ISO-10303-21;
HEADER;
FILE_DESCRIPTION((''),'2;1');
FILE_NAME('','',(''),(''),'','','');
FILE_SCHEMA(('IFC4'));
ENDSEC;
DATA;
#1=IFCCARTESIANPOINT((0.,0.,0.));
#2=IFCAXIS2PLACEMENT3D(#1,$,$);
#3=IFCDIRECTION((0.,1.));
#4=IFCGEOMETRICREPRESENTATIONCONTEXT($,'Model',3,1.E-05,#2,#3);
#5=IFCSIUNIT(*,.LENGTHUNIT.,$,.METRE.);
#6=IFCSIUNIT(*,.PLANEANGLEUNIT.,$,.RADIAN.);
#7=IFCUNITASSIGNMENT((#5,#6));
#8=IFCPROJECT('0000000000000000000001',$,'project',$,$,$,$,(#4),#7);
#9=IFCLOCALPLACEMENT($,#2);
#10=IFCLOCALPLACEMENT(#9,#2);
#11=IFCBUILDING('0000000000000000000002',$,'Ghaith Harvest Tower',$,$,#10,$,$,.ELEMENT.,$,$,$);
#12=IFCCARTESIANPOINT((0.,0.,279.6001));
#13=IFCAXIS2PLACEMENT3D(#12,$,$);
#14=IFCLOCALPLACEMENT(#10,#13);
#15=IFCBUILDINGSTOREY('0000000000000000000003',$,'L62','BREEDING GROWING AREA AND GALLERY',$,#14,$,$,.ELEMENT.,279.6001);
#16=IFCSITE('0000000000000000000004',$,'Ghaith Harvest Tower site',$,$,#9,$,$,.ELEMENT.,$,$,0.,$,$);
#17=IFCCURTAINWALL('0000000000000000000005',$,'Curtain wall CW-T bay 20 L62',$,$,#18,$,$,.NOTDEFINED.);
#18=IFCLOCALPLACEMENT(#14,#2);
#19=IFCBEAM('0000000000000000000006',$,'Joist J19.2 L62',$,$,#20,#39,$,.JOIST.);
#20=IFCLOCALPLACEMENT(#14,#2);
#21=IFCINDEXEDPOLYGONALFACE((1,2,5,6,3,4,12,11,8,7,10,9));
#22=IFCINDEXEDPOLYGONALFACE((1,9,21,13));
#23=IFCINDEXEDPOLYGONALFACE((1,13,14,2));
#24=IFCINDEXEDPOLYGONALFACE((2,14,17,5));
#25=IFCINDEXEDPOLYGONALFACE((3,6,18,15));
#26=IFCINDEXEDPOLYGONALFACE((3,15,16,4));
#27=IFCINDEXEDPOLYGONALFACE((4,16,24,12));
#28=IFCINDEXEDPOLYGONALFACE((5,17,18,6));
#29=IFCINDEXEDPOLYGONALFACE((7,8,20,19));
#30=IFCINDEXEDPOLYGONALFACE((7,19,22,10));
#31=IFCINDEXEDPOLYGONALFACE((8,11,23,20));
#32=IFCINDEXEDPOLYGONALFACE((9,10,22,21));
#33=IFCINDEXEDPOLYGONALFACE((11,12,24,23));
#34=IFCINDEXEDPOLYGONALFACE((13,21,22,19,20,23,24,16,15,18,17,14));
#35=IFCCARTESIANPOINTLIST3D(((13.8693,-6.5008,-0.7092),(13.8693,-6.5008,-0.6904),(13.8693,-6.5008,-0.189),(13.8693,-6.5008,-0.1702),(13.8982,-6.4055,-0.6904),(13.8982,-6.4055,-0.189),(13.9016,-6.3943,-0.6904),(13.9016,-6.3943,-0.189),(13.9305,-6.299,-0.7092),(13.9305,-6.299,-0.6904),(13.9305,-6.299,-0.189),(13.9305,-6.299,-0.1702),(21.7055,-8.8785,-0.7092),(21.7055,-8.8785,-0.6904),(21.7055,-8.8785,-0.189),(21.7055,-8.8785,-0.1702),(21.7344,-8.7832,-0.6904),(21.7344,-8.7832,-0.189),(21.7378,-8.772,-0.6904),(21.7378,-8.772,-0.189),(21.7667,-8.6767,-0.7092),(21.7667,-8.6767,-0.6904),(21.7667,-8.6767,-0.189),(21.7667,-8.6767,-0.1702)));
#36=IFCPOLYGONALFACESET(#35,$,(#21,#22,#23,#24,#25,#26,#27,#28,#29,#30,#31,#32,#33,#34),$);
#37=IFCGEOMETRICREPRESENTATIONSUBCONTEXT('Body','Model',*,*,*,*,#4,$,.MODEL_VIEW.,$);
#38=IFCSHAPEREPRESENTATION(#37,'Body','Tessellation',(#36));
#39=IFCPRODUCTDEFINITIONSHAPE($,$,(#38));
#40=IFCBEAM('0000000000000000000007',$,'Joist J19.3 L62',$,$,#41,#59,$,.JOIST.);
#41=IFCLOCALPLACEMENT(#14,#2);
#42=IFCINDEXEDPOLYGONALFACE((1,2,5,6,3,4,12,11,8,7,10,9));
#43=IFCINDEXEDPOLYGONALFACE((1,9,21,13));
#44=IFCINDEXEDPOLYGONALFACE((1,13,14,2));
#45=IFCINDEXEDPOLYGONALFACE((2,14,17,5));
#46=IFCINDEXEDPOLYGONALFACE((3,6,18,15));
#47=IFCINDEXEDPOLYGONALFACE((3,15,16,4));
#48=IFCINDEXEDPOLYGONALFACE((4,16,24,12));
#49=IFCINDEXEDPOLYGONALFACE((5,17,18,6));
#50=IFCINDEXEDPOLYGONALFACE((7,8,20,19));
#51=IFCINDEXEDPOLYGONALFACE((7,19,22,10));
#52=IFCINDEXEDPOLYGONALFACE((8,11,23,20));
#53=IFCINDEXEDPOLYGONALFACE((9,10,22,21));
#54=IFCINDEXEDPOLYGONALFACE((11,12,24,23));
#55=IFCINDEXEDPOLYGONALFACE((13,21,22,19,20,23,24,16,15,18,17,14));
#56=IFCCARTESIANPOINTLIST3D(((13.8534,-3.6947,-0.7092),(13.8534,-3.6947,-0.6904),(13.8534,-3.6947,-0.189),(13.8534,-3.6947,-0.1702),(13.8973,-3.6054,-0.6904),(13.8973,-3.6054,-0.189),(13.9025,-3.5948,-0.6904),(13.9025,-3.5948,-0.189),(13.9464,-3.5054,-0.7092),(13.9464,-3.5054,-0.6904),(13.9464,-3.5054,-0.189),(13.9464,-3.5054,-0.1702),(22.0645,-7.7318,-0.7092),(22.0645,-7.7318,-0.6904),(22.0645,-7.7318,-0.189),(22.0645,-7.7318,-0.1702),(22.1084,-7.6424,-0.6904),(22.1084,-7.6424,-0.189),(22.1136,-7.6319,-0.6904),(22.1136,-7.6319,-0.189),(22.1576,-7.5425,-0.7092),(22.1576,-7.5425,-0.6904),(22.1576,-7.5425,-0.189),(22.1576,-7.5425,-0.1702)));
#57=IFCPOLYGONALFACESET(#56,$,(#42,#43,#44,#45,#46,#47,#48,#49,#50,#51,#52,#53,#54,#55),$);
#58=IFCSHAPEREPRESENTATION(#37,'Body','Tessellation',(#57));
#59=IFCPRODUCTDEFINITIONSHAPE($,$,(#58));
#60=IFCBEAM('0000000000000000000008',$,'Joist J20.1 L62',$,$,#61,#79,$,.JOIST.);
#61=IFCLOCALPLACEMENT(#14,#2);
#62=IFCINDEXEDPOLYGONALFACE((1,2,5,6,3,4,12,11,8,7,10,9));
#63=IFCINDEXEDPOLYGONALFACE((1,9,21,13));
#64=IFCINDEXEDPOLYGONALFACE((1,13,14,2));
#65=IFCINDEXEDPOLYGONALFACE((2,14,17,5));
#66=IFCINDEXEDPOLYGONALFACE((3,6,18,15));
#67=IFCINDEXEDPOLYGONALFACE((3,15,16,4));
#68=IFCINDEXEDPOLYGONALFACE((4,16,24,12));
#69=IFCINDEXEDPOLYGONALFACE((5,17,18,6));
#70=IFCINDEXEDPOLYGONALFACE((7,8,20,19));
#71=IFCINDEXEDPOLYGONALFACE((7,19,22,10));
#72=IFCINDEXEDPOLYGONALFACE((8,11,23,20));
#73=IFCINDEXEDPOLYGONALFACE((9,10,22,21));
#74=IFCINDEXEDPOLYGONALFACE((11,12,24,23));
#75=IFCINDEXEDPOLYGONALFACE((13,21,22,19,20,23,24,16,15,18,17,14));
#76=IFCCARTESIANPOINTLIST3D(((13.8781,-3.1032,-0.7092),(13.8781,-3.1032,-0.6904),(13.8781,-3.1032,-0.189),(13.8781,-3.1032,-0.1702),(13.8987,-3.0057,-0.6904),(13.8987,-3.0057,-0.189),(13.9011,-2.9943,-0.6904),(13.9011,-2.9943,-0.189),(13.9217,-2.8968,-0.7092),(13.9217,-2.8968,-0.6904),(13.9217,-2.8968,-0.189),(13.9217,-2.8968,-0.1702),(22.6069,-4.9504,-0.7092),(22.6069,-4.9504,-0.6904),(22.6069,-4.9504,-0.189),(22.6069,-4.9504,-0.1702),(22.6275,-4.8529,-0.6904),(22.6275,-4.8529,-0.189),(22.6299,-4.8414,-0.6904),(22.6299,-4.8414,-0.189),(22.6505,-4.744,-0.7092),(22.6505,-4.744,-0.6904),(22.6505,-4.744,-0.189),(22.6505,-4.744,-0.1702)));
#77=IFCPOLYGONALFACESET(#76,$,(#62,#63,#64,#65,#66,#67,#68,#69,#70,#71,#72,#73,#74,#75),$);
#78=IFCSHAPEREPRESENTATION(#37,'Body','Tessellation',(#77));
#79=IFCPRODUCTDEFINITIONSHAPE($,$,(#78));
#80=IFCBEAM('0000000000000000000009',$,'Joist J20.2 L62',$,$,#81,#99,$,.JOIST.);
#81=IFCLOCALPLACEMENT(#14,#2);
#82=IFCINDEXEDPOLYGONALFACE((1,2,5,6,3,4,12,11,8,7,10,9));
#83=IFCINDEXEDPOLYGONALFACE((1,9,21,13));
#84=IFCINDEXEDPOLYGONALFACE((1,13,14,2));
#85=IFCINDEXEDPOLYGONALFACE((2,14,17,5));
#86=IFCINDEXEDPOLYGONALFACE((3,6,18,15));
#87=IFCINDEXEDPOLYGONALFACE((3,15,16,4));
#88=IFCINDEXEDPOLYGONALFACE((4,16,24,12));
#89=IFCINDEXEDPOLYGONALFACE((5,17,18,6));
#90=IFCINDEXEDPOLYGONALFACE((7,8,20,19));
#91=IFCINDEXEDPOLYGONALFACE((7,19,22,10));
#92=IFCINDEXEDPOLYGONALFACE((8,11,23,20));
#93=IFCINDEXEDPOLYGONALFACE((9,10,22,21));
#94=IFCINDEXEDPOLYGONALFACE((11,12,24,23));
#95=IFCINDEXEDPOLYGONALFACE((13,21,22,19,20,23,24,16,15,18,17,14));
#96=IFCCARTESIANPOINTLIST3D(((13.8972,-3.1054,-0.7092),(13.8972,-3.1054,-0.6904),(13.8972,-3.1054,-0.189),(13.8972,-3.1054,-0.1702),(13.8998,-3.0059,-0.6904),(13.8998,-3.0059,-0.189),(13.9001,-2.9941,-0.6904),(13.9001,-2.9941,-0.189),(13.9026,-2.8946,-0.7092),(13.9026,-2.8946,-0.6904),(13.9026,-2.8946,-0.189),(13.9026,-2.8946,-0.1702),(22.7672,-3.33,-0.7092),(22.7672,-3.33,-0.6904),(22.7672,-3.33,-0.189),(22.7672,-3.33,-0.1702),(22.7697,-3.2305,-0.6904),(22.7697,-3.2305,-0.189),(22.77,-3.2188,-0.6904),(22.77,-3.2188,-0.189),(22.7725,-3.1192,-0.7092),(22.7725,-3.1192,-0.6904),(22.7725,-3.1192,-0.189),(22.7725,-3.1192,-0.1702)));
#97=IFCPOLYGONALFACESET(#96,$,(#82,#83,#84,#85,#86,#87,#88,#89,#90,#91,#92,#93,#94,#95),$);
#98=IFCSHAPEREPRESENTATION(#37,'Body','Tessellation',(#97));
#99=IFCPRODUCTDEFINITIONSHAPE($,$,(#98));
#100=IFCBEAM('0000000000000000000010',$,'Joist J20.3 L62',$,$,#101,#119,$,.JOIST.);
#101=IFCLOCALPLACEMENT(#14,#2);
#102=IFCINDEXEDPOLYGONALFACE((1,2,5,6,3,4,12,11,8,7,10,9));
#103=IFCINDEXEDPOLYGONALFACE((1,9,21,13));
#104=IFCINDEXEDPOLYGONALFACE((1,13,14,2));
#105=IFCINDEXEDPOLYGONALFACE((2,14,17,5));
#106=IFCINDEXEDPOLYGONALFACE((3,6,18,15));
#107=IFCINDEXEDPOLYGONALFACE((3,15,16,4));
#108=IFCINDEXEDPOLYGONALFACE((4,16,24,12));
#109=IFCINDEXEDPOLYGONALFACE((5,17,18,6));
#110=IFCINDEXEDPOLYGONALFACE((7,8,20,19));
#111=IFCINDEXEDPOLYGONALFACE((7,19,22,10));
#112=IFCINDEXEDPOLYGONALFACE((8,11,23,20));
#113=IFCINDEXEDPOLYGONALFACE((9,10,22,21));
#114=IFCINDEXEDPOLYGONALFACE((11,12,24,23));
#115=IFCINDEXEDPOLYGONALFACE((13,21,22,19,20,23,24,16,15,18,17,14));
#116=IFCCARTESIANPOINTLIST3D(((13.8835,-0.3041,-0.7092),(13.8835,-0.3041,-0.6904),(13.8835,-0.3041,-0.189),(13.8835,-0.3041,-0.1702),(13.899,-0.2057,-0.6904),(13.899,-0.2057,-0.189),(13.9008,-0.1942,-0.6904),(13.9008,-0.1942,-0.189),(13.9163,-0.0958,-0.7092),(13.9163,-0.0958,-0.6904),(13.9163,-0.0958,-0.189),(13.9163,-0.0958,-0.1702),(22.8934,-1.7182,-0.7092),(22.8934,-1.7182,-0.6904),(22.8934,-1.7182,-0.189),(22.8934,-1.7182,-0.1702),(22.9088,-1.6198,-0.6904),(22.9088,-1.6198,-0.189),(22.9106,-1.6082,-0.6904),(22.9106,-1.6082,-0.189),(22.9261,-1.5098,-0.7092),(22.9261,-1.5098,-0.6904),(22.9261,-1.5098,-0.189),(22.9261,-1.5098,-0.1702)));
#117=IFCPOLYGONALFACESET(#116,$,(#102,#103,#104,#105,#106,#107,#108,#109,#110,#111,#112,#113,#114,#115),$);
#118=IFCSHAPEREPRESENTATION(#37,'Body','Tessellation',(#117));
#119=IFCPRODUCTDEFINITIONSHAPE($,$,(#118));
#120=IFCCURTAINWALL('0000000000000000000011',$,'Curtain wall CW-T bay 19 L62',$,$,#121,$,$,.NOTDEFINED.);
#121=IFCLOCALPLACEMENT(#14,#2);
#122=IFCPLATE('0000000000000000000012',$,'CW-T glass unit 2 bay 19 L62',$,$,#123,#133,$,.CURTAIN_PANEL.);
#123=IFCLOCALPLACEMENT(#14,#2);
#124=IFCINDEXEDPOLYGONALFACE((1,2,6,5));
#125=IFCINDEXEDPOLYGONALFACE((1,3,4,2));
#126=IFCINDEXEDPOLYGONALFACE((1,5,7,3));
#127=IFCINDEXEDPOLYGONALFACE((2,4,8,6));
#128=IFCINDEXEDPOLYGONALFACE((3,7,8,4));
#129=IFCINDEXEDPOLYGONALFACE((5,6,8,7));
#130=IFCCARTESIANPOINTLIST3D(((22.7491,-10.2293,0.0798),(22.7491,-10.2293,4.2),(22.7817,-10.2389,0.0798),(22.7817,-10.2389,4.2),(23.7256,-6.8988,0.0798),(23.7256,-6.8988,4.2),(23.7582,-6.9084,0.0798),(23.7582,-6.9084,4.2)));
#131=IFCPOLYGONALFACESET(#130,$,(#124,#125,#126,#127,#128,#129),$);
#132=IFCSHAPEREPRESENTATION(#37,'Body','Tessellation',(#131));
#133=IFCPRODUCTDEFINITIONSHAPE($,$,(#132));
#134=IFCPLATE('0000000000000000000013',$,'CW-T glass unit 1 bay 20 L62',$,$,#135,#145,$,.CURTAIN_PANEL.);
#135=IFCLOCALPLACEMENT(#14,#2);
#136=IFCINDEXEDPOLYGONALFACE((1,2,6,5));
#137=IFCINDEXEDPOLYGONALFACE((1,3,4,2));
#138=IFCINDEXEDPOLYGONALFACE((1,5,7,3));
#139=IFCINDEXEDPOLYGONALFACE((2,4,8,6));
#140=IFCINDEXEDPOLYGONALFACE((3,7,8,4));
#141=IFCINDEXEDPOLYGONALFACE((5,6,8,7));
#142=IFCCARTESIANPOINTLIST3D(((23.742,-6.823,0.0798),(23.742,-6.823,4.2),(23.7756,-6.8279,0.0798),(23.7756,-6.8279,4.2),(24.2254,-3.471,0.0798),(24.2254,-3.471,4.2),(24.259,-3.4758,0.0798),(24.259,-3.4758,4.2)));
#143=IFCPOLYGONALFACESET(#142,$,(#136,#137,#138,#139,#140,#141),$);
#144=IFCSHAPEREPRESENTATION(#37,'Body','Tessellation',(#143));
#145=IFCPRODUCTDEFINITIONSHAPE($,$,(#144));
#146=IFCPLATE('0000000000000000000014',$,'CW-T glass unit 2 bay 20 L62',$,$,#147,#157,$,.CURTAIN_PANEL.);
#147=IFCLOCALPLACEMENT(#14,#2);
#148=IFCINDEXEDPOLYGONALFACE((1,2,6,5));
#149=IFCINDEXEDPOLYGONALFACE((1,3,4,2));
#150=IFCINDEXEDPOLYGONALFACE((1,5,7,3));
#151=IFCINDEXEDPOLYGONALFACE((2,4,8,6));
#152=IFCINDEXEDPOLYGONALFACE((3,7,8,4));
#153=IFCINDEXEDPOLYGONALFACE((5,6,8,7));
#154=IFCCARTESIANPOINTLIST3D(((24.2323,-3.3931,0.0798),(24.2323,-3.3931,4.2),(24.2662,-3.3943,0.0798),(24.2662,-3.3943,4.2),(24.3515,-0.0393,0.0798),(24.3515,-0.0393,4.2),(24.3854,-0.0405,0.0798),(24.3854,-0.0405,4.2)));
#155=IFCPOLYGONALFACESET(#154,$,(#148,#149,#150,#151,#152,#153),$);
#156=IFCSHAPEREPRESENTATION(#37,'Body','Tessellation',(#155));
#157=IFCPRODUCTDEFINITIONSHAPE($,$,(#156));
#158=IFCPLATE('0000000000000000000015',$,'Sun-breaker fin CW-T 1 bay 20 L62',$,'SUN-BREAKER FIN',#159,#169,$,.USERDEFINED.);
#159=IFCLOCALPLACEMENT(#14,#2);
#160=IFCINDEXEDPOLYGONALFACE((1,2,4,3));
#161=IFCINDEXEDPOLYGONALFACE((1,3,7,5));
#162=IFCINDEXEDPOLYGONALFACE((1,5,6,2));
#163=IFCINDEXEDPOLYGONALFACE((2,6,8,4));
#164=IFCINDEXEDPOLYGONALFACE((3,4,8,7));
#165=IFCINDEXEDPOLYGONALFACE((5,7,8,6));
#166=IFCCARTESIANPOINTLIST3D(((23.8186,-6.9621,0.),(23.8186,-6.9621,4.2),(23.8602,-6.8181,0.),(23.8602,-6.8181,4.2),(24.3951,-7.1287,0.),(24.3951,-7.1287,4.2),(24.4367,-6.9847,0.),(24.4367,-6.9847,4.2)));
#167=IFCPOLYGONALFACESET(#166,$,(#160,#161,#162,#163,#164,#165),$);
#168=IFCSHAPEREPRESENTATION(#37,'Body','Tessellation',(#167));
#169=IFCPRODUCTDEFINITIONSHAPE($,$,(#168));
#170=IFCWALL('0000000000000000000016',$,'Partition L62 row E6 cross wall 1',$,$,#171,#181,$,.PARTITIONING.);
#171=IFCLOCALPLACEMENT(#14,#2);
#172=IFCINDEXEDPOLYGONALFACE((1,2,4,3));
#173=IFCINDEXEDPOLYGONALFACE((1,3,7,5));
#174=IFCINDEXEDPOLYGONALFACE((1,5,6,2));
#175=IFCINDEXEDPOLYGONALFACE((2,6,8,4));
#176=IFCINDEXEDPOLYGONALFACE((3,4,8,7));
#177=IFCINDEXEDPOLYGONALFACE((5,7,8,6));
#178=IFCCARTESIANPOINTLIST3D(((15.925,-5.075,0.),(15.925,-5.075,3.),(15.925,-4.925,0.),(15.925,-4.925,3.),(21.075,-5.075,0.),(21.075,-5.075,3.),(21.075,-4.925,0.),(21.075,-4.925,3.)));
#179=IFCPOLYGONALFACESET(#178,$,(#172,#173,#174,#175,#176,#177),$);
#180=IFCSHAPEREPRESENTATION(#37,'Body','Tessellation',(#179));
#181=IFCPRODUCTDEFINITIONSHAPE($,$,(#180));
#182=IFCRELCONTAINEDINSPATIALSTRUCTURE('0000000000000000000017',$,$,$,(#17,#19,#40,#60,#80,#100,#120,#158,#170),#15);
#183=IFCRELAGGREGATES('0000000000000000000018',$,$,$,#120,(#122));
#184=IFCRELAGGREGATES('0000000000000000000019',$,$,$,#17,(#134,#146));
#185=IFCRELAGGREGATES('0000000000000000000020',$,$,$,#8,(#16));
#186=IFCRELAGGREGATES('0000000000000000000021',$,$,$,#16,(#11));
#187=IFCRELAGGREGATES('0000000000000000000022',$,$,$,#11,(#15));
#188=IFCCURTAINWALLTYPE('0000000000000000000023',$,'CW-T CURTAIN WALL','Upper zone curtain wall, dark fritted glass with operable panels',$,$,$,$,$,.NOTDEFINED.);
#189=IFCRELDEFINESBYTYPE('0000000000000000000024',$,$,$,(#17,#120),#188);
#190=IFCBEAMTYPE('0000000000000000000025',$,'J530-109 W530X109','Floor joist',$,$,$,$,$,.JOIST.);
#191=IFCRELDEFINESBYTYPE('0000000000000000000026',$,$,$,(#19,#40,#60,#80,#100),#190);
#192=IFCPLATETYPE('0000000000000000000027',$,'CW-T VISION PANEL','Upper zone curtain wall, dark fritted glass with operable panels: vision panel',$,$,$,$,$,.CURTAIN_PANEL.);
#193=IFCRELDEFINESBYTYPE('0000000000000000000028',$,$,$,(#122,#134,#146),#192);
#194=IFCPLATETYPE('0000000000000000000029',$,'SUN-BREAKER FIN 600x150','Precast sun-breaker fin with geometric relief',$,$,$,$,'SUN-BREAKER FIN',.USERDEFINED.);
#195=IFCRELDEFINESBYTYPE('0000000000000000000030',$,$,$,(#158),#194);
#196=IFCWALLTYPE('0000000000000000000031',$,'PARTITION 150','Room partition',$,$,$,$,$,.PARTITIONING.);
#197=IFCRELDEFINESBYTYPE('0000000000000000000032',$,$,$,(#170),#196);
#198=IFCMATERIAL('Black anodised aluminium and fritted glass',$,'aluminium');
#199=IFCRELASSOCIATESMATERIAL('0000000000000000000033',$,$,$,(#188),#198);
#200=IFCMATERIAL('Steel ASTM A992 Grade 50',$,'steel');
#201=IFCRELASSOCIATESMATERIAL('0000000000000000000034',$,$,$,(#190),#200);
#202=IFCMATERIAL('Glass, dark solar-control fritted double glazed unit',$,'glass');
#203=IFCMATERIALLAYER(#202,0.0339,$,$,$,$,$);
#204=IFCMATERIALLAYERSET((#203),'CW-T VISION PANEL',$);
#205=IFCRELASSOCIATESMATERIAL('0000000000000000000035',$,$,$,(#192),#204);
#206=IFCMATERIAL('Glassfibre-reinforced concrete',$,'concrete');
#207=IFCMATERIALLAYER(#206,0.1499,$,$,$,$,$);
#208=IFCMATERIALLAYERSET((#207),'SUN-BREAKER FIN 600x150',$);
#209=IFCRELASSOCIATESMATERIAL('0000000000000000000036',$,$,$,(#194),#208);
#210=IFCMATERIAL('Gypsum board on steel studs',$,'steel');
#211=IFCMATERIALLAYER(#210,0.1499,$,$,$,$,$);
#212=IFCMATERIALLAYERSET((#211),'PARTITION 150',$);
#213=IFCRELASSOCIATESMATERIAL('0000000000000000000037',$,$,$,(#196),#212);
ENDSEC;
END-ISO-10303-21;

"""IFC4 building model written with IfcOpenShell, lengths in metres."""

from ifc_helpers import new_model, si_unit, direction, frame, frame_2d, origin, origin_2d, place, context, subcontext, project, spatial, rectangle, i_section, extrude, material, layer, layer_set, material_profile, profile_set, type_object, element, aggregate, save


model = new_model("IFC4")

# Units and contexts
model_context = context("Model", 3, precision=1e-05, world=origin(), true_north=direction((0.0, 1.0)))
body_context = subcontext(model_context, "Body", "Model", "MODEL_VIEW")
ifc_project = project(units=[si_unit("LENGTHUNIT", "METRE"), si_unit("PLANEANGLEUNIT", "RADIAN")], contexts=[model_context])

# Site, building, storey
site_placement = place(None, origin())
site = spatial("IfcSite", under=ifc_project, at=site_placement, Name="Ghaith Harvest Tower site", CompositionType="ELEMENT", RefElevation=0.0)
building_placement = place(site_placement, origin())
building = spatial("IfcBuilding", under=site, at=building_placement, Name="Ghaith Harvest Tower", CompositionType="ELEMENT")
storey_placement = place(building_placement, frame((0.0, 0.0, 279.6001)))
storey = spatial("IfcBuildingStorey", under=building, at=storey_placement, Name="L62", Description="BREEDING GROWING AREA AND GALLERY", CompositionType="ELEMENT", Elevation=279.6001)

# Curtain wall
ifc_material_1 = material(Name="Black anodised aluminium and fritted glass", Category="aluminium")
curtain_wall_type = type_object("IfcCurtainWallType", Name="CW-T CURTAIN WALL", Description="Upper zone curtain wall, dark fritted glass with operable panels", PredefinedType="NOTDEFINED", material=ifc_material_1)
curtain_wall_1_placement = place(storey_placement, origin())
curtain_wall_1 = element("IfcCurtainWall", 1, at=curtain_wall_1_placement, inside=storey, type_object=curtain_wall_type, Name="Curtain wall CW-T bay 20 L62", PredefinedType="NOTDEFINED")

# Beams
ifc_material_2 = material(Name="Steel ASTM A992 Grade 50", Category="steel")
ifc_material_profile_1 = material_profile(ifc_material_2, i_section(OverallWidth=0.2109, OverallDepth=0.5391, WebThickness=0.0117, FlangeThickness=0.0188, at=origin_2d()), Name="W530X109")
ifc_profile_set_1 = profile_set([ifc_material_profile_1], Name="Steel ASTM A992 Grade 50")
beam_type_1 = type_object("IfcBeamType", Name="J530-109 W530X109", Description="Floor joist", PredefinedType="JOIST", material=ifc_profile_set_1)
beam_1_placement = place(storey_placement, frame((13.8999, -6.3999, -0.4397), z_axis=(0.95692, -0.290352, 0.0), x_axis=(0.290352, 0.95692, 0.0)))
element("IfcBeam", 2, at=beam_1_placement, inside=storey, type_object=beam_type_1, Name="Joist J19.2 L62", PredefinedType="JOIST", context=body_context, shape_type="SweptSolid", body=[
    extrude(i_section(OverallWidth=0.2109, OverallDepth=0.5391, WebThickness=0.0117, FlangeThickness=0.0188, at=origin_2d()), origin(), (0.0, 0.0, 1.0), 8.189),
])
beam_2_placement = place(storey_placement, frame((13.8999, -3.6001, -0.4397), z_axis=(0.897401, -0.441216, 0.0), x_axis=(0.441216, 0.897401, 0.0)))
element("IfcBeam", 3, at=beam_2_placement, inside=storey, type_object=beam_type_1, Name="Joist J19.3 L62", PredefinedType="JOIST", context=body_context, shape_type="SweptSolid", body=[
    extrude(i_section(OverallWidth=0.2109, OverallDepth=0.5391, WebThickness=0.0117, FlangeThickness=0.0188, at=origin_2d()), origin(), (0.0, 0.0, 1.0), 9.1499),
])
beam_3_placement = place(storey_placement, frame((13.8999, -3.0, -0.4397), z_axis=(0.978334, -0.207034, 0.0), x_axis=(0.207034, 0.978334, 0.0)))
element("IfcBeam", 4, at=beam_3_placement, inside=storey, type_object=beam_type_1, Name="Joist J20.1 L62", PredefinedType="JOIST", context=body_context, shape_type="SweptSolid", body=[
    extrude(i_section(OverallWidth=0.2109, OverallDepth=0.5391, WebThickness=0.0117, FlangeThickness=0.0188, at=origin_2d()), origin(), (0.0, 0.0, 1.0), 8.9221),
])
beam_4_placement = place(storey_placement, frame((13.8999, -3.0, -0.4397), z_axis=(0.99968, -0.025315, 0.0), x_axis=(0.025315, 0.99968, 0.0)))
element("IfcBeam", 5, at=beam_4_placement, inside=storey, type_object=beam_type_1, Name="Joist J20.2 L62", PredefinedType="JOIST", context=body_context, shape_type="SweptSolid", body=[
    extrude(i_section(OverallWidth=0.2109, OverallDepth=0.5391, WebThickness=0.0117, FlangeThickness=0.0188, at=origin_2d()), origin(), (0.0, 0.0, 1.0), 8.8728),
])
beam_5_placement = place(storey_placement, frame((13.8999, -0.2, -0.4397), z_axis=(0.987907, -0.15505, 0.0), x_axis=(0.15505, 0.987907, 0.0)))
element("IfcBeam", 6, at=beam_5_placement, inside=storey, type_object=beam_type_1, Name="Joist J20.3 L62", PredefinedType="JOIST", context=body_context, shape_type="SweptSolid", body=[
    extrude(i_section(OverallWidth=0.2109, OverallDepth=0.5391, WebThickness=0.0117, FlangeThickness=0.0188, at=origin_2d()), origin(), (0.0, 0.0, 1.0), 9.1201),
])

# Curtain wall, plate
curtain_wall_2_placement = place(storey_placement, origin())
curtain_wall_2 = element("IfcCurtainWall", 7, at=curtain_wall_2_placement, inside=storey, type_object=curtain_wall_type, Name="Curtain wall CW-T bay 19 L62", PredefinedType="NOTDEFINED")
ifc_material_3 = material(Name="Glass, dark solar-control fritted double glazed unit", Category="glass")
ifc_layer_1 = layer(ifc_material_3, 0.0339)
ifc_layer_set_1 = layer_set([ifc_layer_1], Name="CW-T VISION PANEL")
plate_type_1 = type_object("IfcPlateType", Name="CW-T VISION PANEL", Description="Upper zone curtain wall, dark fritted glass with operable panels: vision panel", PredefinedType="CURTAIN_PANEL", material=ifc_layer_set_1)
plate_1_placement = place(storey_placement, frame((23.2537, -8.5688, 0.0798), z_axis=(0.0, 0.0, 1.0), x_axis=(0.281345, 0.959607, 0.0)))
plate_1 = element("IfcPlate", 8, at=plate_1_placement, type_object=plate_type_1, Name="CW-T glass unit 2 bay 19 L62", PredefinedType="CURTAIN_PANEL", context=body_context, shape_type="SweptSolid", body=[
    extrude(rectangle(XDim=3.4707, YDim=0.0339, at=origin_2d()), origin(), (0.0, 0.0, 1.0), 4.1201),
])
aggregate(curtain_wall_2, [plate_1])

# Plates
plate_2_placement = place(storey_placement, frame((24.0005, -5.1494, 0.0798), z_axis=(0.0, 0.0, 1.0), x_axis=(0.14273, 0.989762, 0.0)))
plate_2 = element("IfcPlate", 9, at=plate_2_placement, type_object=plate_type_1, Name="CW-T glass unit 1 bay 20 L62", PredefinedType="CURTAIN_PANEL", context=body_context, shape_type="SweptSolid", body=[
    extrude(rectangle(XDim=3.3867, YDim=0.0339, at=origin_2d()), origin(), (0.0, 0.0, 1.0), 4.1201),
])
plate_3_placement = place(storey_placement, frame((24.3088, -1.7168, 0.0798), z_axis=(0.0, 0.0, 1.0), x_axis=(0.035536, 0.999368, 0.0)))
plate_3 = element("IfcPlate", 10, at=plate_3_placement, type_object=plate_type_1, Name="CW-T glass unit 2 bay 20 L62", PredefinedType="CURTAIN_PANEL", context=body_context, shape_type="SweptSolid", body=[
    extrude(rectangle(XDim=3.356, YDim=0.0339, at=origin_2d()), origin(), (0.0, 0.0, 1.0), 4.1201),
])
aggregate(curtain_wall_1, [plate_2, plate_3])
ifc_material_4 = material(Name="Glassfibre-reinforced concrete", Category="concrete")
ifc_layer_2 = layer(ifc_material_4, 0.1499)
ifc_layer_set_2 = layer_set([ifc_layer_2], Name="SUN-BREAKER FIN 600x150")
plate_type_2 = type_object("IfcPlateType", Name="SUN-BREAKER FIN 600x150", Description="Precast sun-breaker fin with geometric relief", ElementType="SUN-BREAKER FIN", PredefinedType="USERDEFINED", material=ifc_layer_set_2)
plate_4_placement = place(storey_placement, frame((24.1277, -6.9734, 0.0), z_axis=(0.0, 0.0, 1.0), x_axis=(0.96068, -0.277657, 0.0)))
element("IfcPlate", 11, at=plate_4_placement, inside=storey, type_object=plate_type_2, Name="Sun-breaker fin CW-T 1 bay 20 L62", ObjectType="SUN-BREAKER FIN", PredefinedType="USERDEFINED", context=body_context, shape_type="SweptSolid", body=[
    extrude(rectangle(XDim=0.6001, YDim=0.1499, at=origin_2d()), origin(), (0.0, 0.0, 1.0), 4.2),
])

# Wall
ifc_material_5 = material(Name="Gypsum board on steel studs", Category="steel")
ifc_layer_3 = layer(ifc_material_5, 0.1499)
ifc_layer_set_3 = layer_set([ifc_layer_3], Name="PARTITION 150")
wall_type_1 = type_object("IfcWallType", Name="PARTITION 150", Description="Room partition", PredefinedType="PARTITIONING", material=ifc_layer_set_3)
wall_1_placement = place(storey_placement, frame((15.925, -5.0, 0.0), z_axis=(0.0, 0.0, 1.0), x_axis=(1.0, 0.0, 0.0)))
element("IfcWall", 12, at=wall_1_placement, inside=storey, type_object=wall_type_1, Name="Partition L62 row E6 cross wall 1", PredefinedType="PARTITIONING", context=body_context, shape_type="SweptSolid", body=[
    extrude(rectangle(XDim=5.1499, YDim=0.1499, at=frame_2d((2.575, 0.0))), origin(), (0.0, 0.0, 1.0), 3.0),
])

save(model, "model.ifc")
